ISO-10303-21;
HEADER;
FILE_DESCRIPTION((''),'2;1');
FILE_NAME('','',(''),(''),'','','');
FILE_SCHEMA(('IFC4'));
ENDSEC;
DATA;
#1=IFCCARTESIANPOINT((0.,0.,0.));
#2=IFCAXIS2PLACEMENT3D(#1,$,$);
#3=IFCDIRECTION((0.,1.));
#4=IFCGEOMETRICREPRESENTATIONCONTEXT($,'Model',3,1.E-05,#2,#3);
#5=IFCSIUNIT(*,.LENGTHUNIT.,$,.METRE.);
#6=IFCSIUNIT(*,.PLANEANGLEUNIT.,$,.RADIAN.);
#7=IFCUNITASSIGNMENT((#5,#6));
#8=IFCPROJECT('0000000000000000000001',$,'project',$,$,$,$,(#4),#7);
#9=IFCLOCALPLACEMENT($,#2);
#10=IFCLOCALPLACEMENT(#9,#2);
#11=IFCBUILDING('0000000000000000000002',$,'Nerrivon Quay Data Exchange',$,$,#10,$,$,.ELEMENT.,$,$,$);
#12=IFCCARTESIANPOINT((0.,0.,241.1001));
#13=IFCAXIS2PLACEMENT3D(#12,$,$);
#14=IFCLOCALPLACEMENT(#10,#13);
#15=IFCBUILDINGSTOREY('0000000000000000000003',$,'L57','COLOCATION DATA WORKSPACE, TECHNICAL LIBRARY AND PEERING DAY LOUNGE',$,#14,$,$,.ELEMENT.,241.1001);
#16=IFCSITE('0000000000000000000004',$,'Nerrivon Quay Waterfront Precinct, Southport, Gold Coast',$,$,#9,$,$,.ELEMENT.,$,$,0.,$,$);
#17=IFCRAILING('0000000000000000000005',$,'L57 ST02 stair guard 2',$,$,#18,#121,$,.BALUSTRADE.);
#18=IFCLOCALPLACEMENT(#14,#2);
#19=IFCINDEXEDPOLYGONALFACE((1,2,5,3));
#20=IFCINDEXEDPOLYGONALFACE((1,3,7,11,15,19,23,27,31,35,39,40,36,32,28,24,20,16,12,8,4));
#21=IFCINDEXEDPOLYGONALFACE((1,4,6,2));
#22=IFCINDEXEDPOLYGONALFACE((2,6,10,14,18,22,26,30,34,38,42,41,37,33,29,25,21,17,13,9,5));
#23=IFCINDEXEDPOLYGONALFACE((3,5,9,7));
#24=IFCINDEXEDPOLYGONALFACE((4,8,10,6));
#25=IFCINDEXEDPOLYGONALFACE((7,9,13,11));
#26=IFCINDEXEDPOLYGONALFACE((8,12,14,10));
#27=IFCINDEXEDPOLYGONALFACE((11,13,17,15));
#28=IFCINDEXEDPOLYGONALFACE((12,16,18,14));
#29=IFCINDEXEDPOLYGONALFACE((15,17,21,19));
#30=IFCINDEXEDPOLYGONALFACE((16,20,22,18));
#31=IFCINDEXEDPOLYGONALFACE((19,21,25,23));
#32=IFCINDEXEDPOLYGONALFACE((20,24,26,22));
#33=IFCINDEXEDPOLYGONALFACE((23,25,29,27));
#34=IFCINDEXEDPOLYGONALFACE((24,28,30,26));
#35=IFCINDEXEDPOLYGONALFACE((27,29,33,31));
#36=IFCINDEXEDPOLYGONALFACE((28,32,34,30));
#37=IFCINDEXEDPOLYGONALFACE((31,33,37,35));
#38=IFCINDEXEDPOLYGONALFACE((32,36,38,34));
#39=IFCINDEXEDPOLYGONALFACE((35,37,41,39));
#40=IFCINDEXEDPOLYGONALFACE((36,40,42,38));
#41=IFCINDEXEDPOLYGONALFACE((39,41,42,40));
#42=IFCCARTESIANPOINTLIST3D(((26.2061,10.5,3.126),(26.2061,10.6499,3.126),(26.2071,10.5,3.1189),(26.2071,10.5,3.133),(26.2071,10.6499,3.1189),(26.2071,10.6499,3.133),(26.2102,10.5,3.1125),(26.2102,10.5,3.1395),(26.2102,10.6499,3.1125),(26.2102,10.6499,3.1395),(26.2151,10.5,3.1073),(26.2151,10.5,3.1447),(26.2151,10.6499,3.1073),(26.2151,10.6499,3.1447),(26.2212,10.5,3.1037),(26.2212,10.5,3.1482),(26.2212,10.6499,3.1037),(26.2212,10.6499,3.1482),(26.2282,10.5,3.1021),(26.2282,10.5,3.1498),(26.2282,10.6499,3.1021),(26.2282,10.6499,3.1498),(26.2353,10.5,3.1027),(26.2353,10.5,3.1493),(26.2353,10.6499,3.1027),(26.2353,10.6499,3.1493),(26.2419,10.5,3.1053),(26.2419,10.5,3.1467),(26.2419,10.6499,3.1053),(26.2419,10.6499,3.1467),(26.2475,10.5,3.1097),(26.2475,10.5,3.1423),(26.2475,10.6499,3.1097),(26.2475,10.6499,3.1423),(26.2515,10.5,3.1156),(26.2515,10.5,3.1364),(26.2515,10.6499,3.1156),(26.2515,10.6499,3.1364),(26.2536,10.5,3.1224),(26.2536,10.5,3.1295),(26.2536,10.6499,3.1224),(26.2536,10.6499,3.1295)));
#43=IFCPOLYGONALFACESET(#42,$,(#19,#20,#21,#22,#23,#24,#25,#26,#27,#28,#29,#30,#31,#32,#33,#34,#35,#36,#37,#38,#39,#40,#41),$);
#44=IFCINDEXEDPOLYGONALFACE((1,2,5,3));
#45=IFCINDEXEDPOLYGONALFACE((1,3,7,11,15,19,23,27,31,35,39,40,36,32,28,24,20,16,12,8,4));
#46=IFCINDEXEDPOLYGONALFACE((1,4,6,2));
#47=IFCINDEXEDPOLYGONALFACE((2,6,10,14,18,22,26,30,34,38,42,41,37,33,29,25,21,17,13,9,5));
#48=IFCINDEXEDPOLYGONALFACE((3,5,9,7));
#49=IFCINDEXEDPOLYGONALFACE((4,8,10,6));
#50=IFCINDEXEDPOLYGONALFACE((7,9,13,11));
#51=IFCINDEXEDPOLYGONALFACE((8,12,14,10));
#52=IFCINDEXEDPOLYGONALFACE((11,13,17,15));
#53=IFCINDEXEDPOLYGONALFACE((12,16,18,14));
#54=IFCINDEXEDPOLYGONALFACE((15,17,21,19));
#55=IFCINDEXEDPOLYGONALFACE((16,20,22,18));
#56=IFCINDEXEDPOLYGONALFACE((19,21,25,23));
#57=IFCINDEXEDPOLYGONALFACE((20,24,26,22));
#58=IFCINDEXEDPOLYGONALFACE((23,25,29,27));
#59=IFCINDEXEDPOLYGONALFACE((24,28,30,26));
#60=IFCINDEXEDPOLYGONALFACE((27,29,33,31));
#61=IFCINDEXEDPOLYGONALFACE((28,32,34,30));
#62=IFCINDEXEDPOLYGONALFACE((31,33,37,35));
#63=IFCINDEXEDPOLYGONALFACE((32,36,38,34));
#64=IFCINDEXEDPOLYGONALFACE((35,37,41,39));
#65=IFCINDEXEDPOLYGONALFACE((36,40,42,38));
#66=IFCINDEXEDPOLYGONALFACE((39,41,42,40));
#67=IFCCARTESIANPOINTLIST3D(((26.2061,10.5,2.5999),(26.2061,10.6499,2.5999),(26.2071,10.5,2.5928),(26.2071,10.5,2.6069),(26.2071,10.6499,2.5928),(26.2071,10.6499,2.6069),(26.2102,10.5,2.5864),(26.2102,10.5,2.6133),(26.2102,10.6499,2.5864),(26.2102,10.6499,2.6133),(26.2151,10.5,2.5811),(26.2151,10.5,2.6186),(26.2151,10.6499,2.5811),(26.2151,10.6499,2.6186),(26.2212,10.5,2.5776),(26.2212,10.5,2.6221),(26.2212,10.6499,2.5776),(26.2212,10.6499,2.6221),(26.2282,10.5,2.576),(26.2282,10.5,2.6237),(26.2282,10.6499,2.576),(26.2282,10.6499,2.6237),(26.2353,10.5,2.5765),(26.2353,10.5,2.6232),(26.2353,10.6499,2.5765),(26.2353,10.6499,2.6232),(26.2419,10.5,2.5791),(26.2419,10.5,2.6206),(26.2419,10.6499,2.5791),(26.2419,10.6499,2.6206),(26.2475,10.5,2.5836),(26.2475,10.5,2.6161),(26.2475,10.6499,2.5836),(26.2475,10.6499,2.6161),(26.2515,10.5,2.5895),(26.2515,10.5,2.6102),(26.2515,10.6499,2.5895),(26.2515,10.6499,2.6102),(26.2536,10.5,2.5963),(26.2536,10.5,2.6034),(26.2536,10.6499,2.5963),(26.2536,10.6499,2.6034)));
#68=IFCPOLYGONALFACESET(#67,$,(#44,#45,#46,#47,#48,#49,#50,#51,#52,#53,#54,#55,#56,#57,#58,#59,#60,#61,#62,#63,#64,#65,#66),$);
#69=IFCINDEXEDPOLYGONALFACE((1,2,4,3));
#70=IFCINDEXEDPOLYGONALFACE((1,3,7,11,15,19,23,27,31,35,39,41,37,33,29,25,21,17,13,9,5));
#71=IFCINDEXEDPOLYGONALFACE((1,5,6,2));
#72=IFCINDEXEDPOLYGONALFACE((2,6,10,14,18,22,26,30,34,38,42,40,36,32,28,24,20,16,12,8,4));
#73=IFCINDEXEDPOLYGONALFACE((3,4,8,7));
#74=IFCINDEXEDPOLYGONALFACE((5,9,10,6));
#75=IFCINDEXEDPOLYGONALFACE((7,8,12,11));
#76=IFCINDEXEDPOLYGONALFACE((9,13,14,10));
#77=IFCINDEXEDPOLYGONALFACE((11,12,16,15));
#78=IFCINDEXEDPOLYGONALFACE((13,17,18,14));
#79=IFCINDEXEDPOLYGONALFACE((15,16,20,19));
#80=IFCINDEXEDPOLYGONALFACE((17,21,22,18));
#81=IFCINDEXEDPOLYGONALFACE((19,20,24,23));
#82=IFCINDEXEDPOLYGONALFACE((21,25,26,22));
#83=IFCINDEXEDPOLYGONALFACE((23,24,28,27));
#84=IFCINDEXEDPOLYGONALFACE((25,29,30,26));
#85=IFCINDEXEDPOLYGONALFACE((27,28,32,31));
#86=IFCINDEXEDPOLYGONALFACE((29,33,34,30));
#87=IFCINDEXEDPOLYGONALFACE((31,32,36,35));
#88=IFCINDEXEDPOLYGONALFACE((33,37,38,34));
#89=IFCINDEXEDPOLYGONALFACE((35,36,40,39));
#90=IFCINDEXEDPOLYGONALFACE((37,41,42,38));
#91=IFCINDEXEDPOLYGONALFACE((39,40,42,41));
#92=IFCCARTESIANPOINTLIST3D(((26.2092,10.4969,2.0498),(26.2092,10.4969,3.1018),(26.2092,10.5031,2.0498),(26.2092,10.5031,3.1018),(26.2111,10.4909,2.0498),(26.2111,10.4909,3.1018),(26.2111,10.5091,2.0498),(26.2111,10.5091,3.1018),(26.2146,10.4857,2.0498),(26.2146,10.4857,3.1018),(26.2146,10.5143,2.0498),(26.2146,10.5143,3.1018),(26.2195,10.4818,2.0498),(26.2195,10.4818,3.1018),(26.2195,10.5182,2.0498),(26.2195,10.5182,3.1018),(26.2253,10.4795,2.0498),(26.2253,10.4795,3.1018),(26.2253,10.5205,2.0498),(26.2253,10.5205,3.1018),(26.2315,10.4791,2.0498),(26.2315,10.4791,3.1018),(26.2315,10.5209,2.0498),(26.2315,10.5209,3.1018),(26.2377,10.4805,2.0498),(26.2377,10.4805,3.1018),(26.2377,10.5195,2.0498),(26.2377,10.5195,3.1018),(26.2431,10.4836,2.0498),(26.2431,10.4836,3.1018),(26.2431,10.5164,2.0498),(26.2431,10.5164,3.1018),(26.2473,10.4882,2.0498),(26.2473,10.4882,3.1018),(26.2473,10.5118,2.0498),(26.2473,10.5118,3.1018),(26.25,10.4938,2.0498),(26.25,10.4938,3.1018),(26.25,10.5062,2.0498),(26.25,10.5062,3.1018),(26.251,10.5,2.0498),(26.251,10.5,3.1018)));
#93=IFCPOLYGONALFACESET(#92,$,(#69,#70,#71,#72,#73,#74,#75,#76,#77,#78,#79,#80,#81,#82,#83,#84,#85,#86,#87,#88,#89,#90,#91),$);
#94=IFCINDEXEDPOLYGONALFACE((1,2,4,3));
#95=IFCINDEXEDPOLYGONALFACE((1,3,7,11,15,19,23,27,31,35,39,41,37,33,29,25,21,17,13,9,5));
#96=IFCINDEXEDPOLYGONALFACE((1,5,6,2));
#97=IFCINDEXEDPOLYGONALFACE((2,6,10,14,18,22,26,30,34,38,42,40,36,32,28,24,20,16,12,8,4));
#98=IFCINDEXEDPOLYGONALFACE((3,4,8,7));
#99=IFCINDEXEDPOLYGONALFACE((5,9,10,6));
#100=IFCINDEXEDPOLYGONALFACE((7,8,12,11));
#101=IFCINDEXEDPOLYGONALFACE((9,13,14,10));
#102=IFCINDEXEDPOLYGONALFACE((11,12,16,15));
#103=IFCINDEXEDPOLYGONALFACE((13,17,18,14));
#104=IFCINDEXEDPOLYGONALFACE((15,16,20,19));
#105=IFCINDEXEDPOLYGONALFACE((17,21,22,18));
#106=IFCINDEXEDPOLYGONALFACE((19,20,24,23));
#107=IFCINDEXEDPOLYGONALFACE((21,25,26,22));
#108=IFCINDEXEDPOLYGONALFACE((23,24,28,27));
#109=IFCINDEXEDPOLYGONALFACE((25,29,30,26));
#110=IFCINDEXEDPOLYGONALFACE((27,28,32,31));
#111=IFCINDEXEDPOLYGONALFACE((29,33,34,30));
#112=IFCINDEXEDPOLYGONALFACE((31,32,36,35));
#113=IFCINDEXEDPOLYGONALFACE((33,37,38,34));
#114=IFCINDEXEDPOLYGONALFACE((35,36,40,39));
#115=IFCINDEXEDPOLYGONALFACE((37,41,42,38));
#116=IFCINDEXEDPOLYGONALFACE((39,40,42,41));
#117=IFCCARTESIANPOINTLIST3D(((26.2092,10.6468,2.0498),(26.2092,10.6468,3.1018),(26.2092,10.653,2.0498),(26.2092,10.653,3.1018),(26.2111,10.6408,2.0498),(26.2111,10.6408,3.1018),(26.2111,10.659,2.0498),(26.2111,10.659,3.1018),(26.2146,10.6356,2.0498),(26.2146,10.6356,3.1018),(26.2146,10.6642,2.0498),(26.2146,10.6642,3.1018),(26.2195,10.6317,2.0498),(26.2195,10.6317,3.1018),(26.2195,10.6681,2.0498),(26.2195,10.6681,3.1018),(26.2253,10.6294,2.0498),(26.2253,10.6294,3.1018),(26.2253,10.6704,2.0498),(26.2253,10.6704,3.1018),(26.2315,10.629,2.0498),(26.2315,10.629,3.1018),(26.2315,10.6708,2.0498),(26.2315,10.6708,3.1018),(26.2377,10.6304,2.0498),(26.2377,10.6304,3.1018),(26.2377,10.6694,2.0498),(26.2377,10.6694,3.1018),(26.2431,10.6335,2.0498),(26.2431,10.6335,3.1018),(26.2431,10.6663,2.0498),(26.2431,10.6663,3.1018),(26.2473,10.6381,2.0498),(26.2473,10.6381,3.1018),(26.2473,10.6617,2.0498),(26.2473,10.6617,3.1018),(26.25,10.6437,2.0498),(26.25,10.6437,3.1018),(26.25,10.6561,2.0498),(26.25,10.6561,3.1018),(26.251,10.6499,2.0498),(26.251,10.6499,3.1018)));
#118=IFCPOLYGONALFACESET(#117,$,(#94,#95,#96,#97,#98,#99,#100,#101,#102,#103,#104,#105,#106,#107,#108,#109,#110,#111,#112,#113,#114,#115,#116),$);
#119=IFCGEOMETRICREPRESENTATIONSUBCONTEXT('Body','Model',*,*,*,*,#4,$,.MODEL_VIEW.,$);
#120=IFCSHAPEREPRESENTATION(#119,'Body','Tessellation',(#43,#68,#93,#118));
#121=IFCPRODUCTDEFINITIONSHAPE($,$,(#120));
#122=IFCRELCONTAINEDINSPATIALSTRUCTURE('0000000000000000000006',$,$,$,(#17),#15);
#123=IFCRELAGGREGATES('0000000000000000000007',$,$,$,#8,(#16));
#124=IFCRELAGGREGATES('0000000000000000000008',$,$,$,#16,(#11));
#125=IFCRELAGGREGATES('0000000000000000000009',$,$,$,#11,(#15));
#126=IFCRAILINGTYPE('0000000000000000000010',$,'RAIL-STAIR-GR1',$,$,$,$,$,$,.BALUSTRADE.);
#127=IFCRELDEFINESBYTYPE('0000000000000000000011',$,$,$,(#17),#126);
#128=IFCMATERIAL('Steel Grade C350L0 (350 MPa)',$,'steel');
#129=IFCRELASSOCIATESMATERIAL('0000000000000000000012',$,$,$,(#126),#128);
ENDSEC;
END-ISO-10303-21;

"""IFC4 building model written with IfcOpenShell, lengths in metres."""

from ifc_helpers import new_model, si_unit, direction, frame, origin, origin_2d, place, context, subcontext, project, spatial, circle, extrude, material, type_object, element, save


model = new_model("IFC4")

# Units and contexts
model_context = context("Model", 3, precision=1e-05, world=origin(), true_north=direction((0.0, 1.0)))
body_context = subcontext(model_context, "Body", "Model", "MODEL_VIEW")
ifc_project = project(units=[si_unit("LENGTHUNIT", "METRE"), si_unit("PLANEANGLEUNIT", "RADIAN")], contexts=[model_context])

# Site, building, storey
site_placement = place(None, origin())
site = spatial("IfcSite", under=ifc_project, at=site_placement, Name="Nerrivon Quay Waterfront Precinct, Southport, Gold Coast", CompositionType="ELEMENT", RefElevation=0.0)
building_placement = place(site_placement, origin())
building = spatial("IfcBuilding", under=site, at=building_placement, Name="Nerrivon Quay Data Exchange", CompositionType="ELEMENT")
storey_placement = place(building_placement, frame((0.0, 0.0, 241.1001)))
storey = spatial("IfcBuildingStorey", under=building, at=storey_placement, Name="L57", Description="COLOCATION DATA WORKSPACE, TECHNICAL LIBRARY AND PEERING DAY LOUNGE", CompositionType="ELEMENT", Elevation=241.1001)

# Railing
ifc_material_1 = material(Name="Steel Grade C350L0 (350 MPa)", Category="steel")
railing_type_1 = type_object("IfcRailingType", Name="RAIL-STAIR-GR1", PredefinedType="BALUSTRADE", material=ifc_material_1)
railing_1_placement = place(storey_placement, frame((26.23, 10.5, 2.0498)))
element("IfcRailing", 1, at=railing_1_placement, inside=storey, type_object=railing_type_1, Name="L57 ST02 stair guard 2", PredefinedType="BALUSTRADE", context=body_context, shape_type="SweptSolid", body=[
    extrude(circle(Radius=0.0239, at=origin_2d()), frame((0.0, 0.0, 1.0762), z_axis=(0.0, 1.0, 0.0), x_axis=(-1.0, 0.0, 0.0)), (0.0, 0.0, 1.0), 0.1499),
    extrude(circle(Radius=0.0239, at=origin_2d()), frame((0.0, 0.0, 0.55), z_axis=(0.0, 1.0, 0.0), x_axis=(-1.0, 0.0, 0.0)), (0.0, 0.0, 1.0), 0.1499),
    extrude(circle(Radius=0.021, at=origin_2d()), origin(), (0.0, 0.0, 1.0), 1.052),
    extrude(circle(Radius=0.021, at=origin_2d()), frame((0.0, 0.1499, 0.0)), (0.0, 0.0, 1.0), 1.052),
])

save(model, "model.ifc")
